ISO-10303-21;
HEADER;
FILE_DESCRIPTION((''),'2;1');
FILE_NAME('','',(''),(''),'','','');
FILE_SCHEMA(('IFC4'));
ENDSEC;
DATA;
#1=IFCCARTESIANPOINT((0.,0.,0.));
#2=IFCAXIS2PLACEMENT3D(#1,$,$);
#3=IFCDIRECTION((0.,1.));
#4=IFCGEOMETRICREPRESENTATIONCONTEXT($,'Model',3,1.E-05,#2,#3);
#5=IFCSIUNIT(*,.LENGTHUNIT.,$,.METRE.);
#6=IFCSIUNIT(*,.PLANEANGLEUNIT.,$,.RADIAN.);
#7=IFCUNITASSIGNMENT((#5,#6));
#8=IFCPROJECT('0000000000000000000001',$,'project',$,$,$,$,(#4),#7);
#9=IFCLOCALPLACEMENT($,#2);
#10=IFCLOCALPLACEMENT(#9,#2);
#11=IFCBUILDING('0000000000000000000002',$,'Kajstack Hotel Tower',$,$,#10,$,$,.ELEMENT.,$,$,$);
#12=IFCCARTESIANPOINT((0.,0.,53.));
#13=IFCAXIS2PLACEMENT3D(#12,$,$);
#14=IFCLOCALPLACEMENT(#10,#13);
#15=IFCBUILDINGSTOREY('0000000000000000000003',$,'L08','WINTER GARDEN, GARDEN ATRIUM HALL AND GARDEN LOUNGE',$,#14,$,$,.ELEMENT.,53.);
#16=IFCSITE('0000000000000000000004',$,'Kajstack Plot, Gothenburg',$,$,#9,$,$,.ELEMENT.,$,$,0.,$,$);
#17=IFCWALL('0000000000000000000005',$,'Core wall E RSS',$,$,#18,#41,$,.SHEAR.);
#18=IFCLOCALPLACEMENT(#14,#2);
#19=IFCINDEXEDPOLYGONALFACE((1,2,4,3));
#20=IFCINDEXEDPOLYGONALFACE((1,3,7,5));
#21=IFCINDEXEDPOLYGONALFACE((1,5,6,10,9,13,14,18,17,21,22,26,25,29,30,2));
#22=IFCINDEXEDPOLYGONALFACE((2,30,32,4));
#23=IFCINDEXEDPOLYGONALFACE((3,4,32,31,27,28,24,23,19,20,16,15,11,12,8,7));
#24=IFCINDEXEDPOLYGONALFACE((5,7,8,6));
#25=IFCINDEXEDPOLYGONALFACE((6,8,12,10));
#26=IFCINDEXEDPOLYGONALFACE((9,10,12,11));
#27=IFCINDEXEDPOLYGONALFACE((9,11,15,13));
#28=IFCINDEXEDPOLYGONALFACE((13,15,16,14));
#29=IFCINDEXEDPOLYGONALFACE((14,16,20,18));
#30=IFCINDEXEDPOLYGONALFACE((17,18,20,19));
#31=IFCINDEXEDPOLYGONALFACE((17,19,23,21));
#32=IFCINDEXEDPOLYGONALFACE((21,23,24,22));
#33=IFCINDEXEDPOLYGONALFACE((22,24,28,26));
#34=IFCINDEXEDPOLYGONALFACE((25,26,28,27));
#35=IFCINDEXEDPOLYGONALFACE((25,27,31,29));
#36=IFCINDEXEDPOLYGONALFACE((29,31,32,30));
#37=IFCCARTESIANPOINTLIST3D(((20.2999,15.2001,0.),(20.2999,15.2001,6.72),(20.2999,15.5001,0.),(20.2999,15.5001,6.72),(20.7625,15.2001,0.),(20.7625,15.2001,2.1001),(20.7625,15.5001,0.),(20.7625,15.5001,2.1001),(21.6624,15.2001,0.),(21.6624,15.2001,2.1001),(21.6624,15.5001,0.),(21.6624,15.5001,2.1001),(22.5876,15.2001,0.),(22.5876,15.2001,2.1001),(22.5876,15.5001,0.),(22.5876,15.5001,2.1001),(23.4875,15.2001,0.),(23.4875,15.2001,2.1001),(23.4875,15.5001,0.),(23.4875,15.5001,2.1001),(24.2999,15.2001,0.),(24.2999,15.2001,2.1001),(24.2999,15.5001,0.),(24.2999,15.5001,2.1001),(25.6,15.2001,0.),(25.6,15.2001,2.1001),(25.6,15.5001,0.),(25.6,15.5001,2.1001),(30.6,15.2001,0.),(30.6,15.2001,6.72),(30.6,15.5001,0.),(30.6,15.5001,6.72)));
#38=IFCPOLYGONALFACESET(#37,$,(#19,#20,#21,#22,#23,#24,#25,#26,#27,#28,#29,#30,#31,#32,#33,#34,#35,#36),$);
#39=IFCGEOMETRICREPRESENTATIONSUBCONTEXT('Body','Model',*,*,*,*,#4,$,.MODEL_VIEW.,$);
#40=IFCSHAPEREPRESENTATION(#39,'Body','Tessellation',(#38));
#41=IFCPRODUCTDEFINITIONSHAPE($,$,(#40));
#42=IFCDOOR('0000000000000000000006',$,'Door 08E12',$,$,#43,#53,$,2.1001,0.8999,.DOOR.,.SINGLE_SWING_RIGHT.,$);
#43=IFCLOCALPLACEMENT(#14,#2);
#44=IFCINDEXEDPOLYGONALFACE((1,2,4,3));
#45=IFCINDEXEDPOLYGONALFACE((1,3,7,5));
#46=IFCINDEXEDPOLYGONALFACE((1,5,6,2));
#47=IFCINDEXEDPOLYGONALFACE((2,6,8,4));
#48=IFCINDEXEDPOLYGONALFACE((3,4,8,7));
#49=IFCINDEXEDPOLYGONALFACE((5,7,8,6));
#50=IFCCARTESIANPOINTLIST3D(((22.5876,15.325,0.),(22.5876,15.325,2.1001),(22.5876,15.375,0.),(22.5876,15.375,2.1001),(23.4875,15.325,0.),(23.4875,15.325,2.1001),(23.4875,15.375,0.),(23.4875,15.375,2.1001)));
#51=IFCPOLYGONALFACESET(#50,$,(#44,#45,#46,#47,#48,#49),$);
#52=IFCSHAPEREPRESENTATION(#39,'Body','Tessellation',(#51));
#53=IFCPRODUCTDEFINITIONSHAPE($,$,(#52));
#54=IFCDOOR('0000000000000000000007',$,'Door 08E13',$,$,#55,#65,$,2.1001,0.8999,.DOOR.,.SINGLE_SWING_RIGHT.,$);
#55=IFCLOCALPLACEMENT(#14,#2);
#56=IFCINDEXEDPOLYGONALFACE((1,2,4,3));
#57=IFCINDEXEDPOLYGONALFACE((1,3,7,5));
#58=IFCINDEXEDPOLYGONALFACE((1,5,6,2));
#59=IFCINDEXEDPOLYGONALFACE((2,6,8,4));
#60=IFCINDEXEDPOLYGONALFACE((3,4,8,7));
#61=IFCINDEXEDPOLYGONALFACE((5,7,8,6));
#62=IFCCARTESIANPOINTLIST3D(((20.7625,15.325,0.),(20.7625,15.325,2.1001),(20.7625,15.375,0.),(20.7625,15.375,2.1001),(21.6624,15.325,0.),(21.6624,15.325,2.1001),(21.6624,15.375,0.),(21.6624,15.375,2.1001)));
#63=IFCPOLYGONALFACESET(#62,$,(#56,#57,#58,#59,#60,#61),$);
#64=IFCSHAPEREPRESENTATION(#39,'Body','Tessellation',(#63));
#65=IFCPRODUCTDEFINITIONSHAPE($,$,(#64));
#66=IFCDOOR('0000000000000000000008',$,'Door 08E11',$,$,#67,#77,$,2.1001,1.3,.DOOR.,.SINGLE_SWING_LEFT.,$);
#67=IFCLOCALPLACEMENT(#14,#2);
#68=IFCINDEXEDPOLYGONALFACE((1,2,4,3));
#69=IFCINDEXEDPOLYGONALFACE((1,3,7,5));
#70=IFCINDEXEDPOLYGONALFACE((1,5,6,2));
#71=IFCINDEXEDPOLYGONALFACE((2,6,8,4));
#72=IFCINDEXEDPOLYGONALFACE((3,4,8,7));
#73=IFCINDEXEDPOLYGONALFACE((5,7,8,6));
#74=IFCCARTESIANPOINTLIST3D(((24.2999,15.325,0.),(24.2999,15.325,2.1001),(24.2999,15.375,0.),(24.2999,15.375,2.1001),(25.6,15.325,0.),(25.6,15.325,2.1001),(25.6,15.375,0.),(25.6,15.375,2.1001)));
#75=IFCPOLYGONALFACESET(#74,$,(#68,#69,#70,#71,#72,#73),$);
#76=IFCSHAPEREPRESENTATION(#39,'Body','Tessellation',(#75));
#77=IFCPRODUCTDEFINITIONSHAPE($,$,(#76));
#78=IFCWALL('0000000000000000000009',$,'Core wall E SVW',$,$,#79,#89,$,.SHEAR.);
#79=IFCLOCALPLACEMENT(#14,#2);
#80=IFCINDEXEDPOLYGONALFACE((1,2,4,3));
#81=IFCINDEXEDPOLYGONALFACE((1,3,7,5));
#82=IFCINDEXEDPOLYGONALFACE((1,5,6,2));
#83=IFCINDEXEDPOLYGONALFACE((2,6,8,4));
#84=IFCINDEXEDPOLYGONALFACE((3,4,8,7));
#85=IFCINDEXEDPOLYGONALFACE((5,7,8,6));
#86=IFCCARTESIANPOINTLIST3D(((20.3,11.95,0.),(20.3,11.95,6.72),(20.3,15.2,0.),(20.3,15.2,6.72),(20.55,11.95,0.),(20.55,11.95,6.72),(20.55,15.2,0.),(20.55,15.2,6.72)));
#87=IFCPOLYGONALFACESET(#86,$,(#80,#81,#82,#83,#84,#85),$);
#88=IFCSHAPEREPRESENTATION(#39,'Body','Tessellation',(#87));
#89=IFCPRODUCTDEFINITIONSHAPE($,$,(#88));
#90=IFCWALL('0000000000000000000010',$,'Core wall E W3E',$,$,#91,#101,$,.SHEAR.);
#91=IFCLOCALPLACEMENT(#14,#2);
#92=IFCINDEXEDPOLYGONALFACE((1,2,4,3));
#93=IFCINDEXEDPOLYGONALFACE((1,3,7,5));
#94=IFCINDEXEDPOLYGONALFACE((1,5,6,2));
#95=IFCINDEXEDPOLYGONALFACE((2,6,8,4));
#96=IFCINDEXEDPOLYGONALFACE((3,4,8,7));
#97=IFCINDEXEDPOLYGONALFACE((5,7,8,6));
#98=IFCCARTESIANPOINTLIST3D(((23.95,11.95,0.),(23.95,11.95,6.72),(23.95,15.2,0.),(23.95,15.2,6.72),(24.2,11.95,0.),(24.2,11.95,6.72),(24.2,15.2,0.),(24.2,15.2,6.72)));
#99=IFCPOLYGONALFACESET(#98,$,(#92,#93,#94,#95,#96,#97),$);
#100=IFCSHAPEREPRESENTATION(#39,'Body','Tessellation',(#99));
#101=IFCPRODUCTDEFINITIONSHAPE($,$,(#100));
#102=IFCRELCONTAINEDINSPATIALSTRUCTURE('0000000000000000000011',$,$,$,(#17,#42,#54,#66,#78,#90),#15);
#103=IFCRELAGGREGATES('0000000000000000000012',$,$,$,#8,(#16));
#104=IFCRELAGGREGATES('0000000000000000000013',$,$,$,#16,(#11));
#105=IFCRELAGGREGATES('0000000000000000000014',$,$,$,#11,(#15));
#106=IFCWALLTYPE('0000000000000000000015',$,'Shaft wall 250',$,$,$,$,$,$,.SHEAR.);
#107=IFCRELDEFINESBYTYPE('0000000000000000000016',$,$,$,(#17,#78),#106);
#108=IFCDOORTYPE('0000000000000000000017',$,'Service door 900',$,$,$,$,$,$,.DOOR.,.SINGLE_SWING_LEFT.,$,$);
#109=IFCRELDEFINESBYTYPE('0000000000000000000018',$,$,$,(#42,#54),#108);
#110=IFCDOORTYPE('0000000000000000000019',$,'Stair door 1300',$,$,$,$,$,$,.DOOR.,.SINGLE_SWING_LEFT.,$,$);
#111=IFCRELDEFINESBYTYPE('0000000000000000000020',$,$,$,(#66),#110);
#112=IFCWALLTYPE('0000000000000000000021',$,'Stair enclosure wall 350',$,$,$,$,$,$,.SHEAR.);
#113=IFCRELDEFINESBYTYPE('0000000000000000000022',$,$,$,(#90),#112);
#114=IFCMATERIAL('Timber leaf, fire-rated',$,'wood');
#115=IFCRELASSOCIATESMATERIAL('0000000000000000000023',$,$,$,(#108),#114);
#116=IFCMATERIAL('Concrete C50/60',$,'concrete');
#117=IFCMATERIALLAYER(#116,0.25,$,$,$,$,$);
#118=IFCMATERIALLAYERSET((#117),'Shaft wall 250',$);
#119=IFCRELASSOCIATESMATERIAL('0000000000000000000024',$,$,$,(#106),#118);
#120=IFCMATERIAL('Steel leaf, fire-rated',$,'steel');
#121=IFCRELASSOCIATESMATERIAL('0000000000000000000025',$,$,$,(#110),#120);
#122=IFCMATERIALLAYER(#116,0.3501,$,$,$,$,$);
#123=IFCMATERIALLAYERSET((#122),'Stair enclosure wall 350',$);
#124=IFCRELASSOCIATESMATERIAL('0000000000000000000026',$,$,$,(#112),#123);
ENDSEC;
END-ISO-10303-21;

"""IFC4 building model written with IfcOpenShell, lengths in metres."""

from ifc_helpers import new_model, si_unit, direction, frame, frame_2d, origin, place, context, subcontext, project, spatial, rectangle, extrude, material, layer, layer_set, type_object, element, fill, save


model = new_model("IFC4")

# Units and contexts
model_context = context("Model", 3, precision=1e-05, world=origin(), true_north=direction((0.0, 1.0)))
body_context = subcontext(model_context, "Body", "Model", "MODEL_VIEW")
ifc_project = project(units=[si_unit("LENGTHUNIT", "METRE"), si_unit("PLANEANGLEUNIT", "RADIAN")], contexts=[model_context])

# Site, building, storey
site_placement = place(None, origin())
site = spatial("IfcSite", under=ifc_project, at=site_placement, Name="Kajstack Plot, Gothenburg", CompositionType="ELEMENT", RefElevation=0.0)
building_placement = place(site_placement, origin())
building = spatial("IfcBuilding", under=site, at=building_placement, Name="Kajstack Hotel Tower", CompositionType="ELEMENT")
storey_placement = place(building_placement, frame((0.0, 0.0, 53.0)))
storey = spatial("IfcBuildingStorey", under=building, at=storey_placement, Name="L08", Description="WINTER GARDEN, GARDEN ATRIUM HALL AND GARDEN LOUNGE", CompositionType="ELEMENT", Elevation=53.0)

# Shared definitions
ifc_material_1 = material(Name="Timber leaf, fire-rated", Category="wood")
door_type_1 = type_object("IfcDoorType", Name="Service door 900", OperationType="SINGLE_SWING_LEFT", PredefinedType="DOOR", material=ifc_material_1)

# Wall, openings, doors
ifc_material_2 = material(Name="Concrete C50/60", Category="concrete")
ifc_layer_1 = layer(ifc_material_2, 0.25)
ifc_layer_set_1 = layer_set([ifc_layer_1], Name="Shaft wall 250")
wall_type_1 = type_object("IfcWallType", Name="Shaft wall 250", PredefinedType="SHEAR", material=ifc_layer_set_1)
wall_1_placement = place(storey_placement, frame((20.3, 15.3501, 0.0), z_axis=(0.0, 0.0, 1.0), x_axis=(1.0, 0.0, 0.0)))
wall_1 = element("IfcWall", 1, at=wall_1_placement, inside=storey, type_object=wall_type_1, Name="Core wall E RSS", PredefinedType="SHEAR", context=body_context, shape_type="SweptSolid", body=[
    extrude(rectangle(XDim=10.3, YDim=0.3, at=frame_2d((5.1499, 0.0))), origin(), (0.0, 0.0, 1.0), 6.72),
])
opening_1_placement = place(wall_1_placement, frame((4.0, 0.0, 0.0)))
opening_1 = element("IfcOpeningElement", 2, at=opening_1_placement, cuts=wall_1, PredefinedType="OPENING", context=body_context, shape_type="SweptSolid", body=[
    extrude(rectangle(XDim=1.3, YDim=2.1001, at=frame_2d((0.6499, 1.05))), frame((0.0, 0.1599, 0.0), z_axis=(0.0, -1.0, 0.0), x_axis=(1.0, 0.0, 0.0)), (0.0, 0.0, 1.0), 0.3201),
])
opening_2_placement = place(wall_1_placement, frame((2.2876, 0.0, 0.0)))
opening_2 = element("IfcOpeningElement", 3, at=opening_2_placement, cuts=wall_1, PredefinedType="OPENING", context=body_context, shape_type="SweptSolid", body=[
    extrude(rectangle(XDim=0.8999, YDim=2.1001, at=frame_2d((0.45, 1.05))), frame((0.0, 0.1599, 0.0), z_axis=(0.0, -1.0, 0.0), x_axis=(1.0, 0.0, 0.0)), (0.0, 0.0, 1.0), 0.3201),
])
opening_3_placement = place(wall_1_placement, frame((0.4624, 0.0, 0.0)))
opening_3 = element("IfcOpeningElement", 4, at=opening_3_placement, cuts=wall_1, PredefinedType="OPENING", context=body_context, shape_type="SweptSolid", body=[
    extrude(rectangle(XDim=0.8999, YDim=2.1001, at=frame_2d((0.45, 1.05))), frame((0.0, 0.1599, 0.0), z_axis=(0.0, -1.0, 0.0), x_axis=(1.0, 0.0, 0.0)), (0.0, 0.0, 1.0), 0.3201),
])
door_1_placement = place(opening_2_placement, origin())
door_1 = element("IfcDoor", 5, at=door_1_placement, inside=storey, type_object=door_type_1, Name="Door 08E12", OperationType="SINGLE_SWING_RIGHT", OverallHeight=2.1001, OverallWidth=0.8999, PredefinedType="DOOR", context=body_context, shape_type="SweptSolid", body=[
    extrude(rectangle(XDim=0.8999, YDim=2.1001, at=frame_2d((0.45, 1.05))), frame((0.0, 0.0249, 0.0), z_axis=(0.0, -1.0, 0.0), x_axis=(1.0, 0.0, 0.0)), (0.0, 0.0, 1.0), 0.05),
])
fill(opening_2, door_1)
door_2_placement = place(opening_3_placement, origin())
door_2 = element("IfcDoor", 6, at=door_2_placement, inside=storey, type_object=door_type_1, Name="Door 08E13", OperationType="SINGLE_SWING_RIGHT", OverallHeight=2.1001, OverallWidth=0.8999, PredefinedType="DOOR", context=body_context, shape_type="SweptSolid", body=[
    extrude(rectangle(XDim=0.8999, YDim=2.1001, at=frame_2d((0.45, 1.05))), frame((0.0, 0.0249, 0.0), z_axis=(0.0, -1.0, 0.0), x_axis=(1.0, 0.0, 0.0)), (0.0, 0.0, 1.0), 0.05),
])
fill(opening_3, door_2)
ifc_material_3 = material(Name="Steel leaf, fire-rated", Category="steel")
door_type_2 = type_object("IfcDoorType", Name="Stair door 1300", OperationType="SINGLE_SWING_LEFT", PredefinedType="DOOR", material=ifc_material_3)
door_3_placement = place(opening_1_placement, origin())
door_3 = element("IfcDoor", 7, at=door_3_placement, inside=storey, type_object=door_type_2, Name="Door 08E11", OperationType="SINGLE_SWING_LEFT", OverallHeight=2.1001, OverallWidth=1.3, PredefinedType="DOOR", context=body_context, shape_type="SweptSolid", body=[
    extrude(rectangle(XDim=1.3, YDim=2.1001, at=frame_2d((0.6499, 1.05))), frame((0.0, 0.0249, 0.0), z_axis=(0.0, -1.0, 0.0), x_axis=(1.0, 0.0, 0.0)), (0.0, 0.0, 1.0), 0.05),
])
fill(opening_1, door_3)

# Walls
wall_2_placement = place(storey_placement, frame((20.425, 11.95, 0.0), z_axis=(0.0, 0.0, 1.0), x_axis=(0.0, 1.0, 0.0)))
element("IfcWall", 8, at=wall_2_placement, inside=storey, type_object=wall_type_1, Name="Core wall E SVW", PredefinedType="SHEAR", context=body_context, shape_type="SweptSolid", body=[
    extrude(rectangle(XDim=3.25, YDim=0.25, at=frame_2d((1.625, 0.0))), origin(), (0.0, 0.0, 1.0), 6.72),
])
ifc_layer_2 = layer(ifc_material_2, 0.3501)
ifc_layer_set_2 = layer_set([ifc_layer_2], Name="Stair enclosure wall 350")
wall_type_2 = type_object("IfcWallType", Name="Stair enclosure wall 350", PredefinedType="SHEAR", material=ifc_layer_set_2)
wall_3_placement = place(storey_placement, frame((24.075, 11.95, 0.0), z_axis=(0.0, 0.0, 1.0), x_axis=(0.0, 1.0, 0.0)))
element("IfcWall", 9, at=wall_3_placement, inside=storey, type_object=wall_type_2, Name="Core wall E W3E", PredefinedType="SHEAR", context=body_context, shape_type="SweptSolid", body=[
    extrude(rectangle(XDim=3.25, YDim=0.25, at=frame_2d((1.625, 0.0))), origin(), (0.0, 0.0, 1.0), 6.72),
])

save(model, "model.ifc")
